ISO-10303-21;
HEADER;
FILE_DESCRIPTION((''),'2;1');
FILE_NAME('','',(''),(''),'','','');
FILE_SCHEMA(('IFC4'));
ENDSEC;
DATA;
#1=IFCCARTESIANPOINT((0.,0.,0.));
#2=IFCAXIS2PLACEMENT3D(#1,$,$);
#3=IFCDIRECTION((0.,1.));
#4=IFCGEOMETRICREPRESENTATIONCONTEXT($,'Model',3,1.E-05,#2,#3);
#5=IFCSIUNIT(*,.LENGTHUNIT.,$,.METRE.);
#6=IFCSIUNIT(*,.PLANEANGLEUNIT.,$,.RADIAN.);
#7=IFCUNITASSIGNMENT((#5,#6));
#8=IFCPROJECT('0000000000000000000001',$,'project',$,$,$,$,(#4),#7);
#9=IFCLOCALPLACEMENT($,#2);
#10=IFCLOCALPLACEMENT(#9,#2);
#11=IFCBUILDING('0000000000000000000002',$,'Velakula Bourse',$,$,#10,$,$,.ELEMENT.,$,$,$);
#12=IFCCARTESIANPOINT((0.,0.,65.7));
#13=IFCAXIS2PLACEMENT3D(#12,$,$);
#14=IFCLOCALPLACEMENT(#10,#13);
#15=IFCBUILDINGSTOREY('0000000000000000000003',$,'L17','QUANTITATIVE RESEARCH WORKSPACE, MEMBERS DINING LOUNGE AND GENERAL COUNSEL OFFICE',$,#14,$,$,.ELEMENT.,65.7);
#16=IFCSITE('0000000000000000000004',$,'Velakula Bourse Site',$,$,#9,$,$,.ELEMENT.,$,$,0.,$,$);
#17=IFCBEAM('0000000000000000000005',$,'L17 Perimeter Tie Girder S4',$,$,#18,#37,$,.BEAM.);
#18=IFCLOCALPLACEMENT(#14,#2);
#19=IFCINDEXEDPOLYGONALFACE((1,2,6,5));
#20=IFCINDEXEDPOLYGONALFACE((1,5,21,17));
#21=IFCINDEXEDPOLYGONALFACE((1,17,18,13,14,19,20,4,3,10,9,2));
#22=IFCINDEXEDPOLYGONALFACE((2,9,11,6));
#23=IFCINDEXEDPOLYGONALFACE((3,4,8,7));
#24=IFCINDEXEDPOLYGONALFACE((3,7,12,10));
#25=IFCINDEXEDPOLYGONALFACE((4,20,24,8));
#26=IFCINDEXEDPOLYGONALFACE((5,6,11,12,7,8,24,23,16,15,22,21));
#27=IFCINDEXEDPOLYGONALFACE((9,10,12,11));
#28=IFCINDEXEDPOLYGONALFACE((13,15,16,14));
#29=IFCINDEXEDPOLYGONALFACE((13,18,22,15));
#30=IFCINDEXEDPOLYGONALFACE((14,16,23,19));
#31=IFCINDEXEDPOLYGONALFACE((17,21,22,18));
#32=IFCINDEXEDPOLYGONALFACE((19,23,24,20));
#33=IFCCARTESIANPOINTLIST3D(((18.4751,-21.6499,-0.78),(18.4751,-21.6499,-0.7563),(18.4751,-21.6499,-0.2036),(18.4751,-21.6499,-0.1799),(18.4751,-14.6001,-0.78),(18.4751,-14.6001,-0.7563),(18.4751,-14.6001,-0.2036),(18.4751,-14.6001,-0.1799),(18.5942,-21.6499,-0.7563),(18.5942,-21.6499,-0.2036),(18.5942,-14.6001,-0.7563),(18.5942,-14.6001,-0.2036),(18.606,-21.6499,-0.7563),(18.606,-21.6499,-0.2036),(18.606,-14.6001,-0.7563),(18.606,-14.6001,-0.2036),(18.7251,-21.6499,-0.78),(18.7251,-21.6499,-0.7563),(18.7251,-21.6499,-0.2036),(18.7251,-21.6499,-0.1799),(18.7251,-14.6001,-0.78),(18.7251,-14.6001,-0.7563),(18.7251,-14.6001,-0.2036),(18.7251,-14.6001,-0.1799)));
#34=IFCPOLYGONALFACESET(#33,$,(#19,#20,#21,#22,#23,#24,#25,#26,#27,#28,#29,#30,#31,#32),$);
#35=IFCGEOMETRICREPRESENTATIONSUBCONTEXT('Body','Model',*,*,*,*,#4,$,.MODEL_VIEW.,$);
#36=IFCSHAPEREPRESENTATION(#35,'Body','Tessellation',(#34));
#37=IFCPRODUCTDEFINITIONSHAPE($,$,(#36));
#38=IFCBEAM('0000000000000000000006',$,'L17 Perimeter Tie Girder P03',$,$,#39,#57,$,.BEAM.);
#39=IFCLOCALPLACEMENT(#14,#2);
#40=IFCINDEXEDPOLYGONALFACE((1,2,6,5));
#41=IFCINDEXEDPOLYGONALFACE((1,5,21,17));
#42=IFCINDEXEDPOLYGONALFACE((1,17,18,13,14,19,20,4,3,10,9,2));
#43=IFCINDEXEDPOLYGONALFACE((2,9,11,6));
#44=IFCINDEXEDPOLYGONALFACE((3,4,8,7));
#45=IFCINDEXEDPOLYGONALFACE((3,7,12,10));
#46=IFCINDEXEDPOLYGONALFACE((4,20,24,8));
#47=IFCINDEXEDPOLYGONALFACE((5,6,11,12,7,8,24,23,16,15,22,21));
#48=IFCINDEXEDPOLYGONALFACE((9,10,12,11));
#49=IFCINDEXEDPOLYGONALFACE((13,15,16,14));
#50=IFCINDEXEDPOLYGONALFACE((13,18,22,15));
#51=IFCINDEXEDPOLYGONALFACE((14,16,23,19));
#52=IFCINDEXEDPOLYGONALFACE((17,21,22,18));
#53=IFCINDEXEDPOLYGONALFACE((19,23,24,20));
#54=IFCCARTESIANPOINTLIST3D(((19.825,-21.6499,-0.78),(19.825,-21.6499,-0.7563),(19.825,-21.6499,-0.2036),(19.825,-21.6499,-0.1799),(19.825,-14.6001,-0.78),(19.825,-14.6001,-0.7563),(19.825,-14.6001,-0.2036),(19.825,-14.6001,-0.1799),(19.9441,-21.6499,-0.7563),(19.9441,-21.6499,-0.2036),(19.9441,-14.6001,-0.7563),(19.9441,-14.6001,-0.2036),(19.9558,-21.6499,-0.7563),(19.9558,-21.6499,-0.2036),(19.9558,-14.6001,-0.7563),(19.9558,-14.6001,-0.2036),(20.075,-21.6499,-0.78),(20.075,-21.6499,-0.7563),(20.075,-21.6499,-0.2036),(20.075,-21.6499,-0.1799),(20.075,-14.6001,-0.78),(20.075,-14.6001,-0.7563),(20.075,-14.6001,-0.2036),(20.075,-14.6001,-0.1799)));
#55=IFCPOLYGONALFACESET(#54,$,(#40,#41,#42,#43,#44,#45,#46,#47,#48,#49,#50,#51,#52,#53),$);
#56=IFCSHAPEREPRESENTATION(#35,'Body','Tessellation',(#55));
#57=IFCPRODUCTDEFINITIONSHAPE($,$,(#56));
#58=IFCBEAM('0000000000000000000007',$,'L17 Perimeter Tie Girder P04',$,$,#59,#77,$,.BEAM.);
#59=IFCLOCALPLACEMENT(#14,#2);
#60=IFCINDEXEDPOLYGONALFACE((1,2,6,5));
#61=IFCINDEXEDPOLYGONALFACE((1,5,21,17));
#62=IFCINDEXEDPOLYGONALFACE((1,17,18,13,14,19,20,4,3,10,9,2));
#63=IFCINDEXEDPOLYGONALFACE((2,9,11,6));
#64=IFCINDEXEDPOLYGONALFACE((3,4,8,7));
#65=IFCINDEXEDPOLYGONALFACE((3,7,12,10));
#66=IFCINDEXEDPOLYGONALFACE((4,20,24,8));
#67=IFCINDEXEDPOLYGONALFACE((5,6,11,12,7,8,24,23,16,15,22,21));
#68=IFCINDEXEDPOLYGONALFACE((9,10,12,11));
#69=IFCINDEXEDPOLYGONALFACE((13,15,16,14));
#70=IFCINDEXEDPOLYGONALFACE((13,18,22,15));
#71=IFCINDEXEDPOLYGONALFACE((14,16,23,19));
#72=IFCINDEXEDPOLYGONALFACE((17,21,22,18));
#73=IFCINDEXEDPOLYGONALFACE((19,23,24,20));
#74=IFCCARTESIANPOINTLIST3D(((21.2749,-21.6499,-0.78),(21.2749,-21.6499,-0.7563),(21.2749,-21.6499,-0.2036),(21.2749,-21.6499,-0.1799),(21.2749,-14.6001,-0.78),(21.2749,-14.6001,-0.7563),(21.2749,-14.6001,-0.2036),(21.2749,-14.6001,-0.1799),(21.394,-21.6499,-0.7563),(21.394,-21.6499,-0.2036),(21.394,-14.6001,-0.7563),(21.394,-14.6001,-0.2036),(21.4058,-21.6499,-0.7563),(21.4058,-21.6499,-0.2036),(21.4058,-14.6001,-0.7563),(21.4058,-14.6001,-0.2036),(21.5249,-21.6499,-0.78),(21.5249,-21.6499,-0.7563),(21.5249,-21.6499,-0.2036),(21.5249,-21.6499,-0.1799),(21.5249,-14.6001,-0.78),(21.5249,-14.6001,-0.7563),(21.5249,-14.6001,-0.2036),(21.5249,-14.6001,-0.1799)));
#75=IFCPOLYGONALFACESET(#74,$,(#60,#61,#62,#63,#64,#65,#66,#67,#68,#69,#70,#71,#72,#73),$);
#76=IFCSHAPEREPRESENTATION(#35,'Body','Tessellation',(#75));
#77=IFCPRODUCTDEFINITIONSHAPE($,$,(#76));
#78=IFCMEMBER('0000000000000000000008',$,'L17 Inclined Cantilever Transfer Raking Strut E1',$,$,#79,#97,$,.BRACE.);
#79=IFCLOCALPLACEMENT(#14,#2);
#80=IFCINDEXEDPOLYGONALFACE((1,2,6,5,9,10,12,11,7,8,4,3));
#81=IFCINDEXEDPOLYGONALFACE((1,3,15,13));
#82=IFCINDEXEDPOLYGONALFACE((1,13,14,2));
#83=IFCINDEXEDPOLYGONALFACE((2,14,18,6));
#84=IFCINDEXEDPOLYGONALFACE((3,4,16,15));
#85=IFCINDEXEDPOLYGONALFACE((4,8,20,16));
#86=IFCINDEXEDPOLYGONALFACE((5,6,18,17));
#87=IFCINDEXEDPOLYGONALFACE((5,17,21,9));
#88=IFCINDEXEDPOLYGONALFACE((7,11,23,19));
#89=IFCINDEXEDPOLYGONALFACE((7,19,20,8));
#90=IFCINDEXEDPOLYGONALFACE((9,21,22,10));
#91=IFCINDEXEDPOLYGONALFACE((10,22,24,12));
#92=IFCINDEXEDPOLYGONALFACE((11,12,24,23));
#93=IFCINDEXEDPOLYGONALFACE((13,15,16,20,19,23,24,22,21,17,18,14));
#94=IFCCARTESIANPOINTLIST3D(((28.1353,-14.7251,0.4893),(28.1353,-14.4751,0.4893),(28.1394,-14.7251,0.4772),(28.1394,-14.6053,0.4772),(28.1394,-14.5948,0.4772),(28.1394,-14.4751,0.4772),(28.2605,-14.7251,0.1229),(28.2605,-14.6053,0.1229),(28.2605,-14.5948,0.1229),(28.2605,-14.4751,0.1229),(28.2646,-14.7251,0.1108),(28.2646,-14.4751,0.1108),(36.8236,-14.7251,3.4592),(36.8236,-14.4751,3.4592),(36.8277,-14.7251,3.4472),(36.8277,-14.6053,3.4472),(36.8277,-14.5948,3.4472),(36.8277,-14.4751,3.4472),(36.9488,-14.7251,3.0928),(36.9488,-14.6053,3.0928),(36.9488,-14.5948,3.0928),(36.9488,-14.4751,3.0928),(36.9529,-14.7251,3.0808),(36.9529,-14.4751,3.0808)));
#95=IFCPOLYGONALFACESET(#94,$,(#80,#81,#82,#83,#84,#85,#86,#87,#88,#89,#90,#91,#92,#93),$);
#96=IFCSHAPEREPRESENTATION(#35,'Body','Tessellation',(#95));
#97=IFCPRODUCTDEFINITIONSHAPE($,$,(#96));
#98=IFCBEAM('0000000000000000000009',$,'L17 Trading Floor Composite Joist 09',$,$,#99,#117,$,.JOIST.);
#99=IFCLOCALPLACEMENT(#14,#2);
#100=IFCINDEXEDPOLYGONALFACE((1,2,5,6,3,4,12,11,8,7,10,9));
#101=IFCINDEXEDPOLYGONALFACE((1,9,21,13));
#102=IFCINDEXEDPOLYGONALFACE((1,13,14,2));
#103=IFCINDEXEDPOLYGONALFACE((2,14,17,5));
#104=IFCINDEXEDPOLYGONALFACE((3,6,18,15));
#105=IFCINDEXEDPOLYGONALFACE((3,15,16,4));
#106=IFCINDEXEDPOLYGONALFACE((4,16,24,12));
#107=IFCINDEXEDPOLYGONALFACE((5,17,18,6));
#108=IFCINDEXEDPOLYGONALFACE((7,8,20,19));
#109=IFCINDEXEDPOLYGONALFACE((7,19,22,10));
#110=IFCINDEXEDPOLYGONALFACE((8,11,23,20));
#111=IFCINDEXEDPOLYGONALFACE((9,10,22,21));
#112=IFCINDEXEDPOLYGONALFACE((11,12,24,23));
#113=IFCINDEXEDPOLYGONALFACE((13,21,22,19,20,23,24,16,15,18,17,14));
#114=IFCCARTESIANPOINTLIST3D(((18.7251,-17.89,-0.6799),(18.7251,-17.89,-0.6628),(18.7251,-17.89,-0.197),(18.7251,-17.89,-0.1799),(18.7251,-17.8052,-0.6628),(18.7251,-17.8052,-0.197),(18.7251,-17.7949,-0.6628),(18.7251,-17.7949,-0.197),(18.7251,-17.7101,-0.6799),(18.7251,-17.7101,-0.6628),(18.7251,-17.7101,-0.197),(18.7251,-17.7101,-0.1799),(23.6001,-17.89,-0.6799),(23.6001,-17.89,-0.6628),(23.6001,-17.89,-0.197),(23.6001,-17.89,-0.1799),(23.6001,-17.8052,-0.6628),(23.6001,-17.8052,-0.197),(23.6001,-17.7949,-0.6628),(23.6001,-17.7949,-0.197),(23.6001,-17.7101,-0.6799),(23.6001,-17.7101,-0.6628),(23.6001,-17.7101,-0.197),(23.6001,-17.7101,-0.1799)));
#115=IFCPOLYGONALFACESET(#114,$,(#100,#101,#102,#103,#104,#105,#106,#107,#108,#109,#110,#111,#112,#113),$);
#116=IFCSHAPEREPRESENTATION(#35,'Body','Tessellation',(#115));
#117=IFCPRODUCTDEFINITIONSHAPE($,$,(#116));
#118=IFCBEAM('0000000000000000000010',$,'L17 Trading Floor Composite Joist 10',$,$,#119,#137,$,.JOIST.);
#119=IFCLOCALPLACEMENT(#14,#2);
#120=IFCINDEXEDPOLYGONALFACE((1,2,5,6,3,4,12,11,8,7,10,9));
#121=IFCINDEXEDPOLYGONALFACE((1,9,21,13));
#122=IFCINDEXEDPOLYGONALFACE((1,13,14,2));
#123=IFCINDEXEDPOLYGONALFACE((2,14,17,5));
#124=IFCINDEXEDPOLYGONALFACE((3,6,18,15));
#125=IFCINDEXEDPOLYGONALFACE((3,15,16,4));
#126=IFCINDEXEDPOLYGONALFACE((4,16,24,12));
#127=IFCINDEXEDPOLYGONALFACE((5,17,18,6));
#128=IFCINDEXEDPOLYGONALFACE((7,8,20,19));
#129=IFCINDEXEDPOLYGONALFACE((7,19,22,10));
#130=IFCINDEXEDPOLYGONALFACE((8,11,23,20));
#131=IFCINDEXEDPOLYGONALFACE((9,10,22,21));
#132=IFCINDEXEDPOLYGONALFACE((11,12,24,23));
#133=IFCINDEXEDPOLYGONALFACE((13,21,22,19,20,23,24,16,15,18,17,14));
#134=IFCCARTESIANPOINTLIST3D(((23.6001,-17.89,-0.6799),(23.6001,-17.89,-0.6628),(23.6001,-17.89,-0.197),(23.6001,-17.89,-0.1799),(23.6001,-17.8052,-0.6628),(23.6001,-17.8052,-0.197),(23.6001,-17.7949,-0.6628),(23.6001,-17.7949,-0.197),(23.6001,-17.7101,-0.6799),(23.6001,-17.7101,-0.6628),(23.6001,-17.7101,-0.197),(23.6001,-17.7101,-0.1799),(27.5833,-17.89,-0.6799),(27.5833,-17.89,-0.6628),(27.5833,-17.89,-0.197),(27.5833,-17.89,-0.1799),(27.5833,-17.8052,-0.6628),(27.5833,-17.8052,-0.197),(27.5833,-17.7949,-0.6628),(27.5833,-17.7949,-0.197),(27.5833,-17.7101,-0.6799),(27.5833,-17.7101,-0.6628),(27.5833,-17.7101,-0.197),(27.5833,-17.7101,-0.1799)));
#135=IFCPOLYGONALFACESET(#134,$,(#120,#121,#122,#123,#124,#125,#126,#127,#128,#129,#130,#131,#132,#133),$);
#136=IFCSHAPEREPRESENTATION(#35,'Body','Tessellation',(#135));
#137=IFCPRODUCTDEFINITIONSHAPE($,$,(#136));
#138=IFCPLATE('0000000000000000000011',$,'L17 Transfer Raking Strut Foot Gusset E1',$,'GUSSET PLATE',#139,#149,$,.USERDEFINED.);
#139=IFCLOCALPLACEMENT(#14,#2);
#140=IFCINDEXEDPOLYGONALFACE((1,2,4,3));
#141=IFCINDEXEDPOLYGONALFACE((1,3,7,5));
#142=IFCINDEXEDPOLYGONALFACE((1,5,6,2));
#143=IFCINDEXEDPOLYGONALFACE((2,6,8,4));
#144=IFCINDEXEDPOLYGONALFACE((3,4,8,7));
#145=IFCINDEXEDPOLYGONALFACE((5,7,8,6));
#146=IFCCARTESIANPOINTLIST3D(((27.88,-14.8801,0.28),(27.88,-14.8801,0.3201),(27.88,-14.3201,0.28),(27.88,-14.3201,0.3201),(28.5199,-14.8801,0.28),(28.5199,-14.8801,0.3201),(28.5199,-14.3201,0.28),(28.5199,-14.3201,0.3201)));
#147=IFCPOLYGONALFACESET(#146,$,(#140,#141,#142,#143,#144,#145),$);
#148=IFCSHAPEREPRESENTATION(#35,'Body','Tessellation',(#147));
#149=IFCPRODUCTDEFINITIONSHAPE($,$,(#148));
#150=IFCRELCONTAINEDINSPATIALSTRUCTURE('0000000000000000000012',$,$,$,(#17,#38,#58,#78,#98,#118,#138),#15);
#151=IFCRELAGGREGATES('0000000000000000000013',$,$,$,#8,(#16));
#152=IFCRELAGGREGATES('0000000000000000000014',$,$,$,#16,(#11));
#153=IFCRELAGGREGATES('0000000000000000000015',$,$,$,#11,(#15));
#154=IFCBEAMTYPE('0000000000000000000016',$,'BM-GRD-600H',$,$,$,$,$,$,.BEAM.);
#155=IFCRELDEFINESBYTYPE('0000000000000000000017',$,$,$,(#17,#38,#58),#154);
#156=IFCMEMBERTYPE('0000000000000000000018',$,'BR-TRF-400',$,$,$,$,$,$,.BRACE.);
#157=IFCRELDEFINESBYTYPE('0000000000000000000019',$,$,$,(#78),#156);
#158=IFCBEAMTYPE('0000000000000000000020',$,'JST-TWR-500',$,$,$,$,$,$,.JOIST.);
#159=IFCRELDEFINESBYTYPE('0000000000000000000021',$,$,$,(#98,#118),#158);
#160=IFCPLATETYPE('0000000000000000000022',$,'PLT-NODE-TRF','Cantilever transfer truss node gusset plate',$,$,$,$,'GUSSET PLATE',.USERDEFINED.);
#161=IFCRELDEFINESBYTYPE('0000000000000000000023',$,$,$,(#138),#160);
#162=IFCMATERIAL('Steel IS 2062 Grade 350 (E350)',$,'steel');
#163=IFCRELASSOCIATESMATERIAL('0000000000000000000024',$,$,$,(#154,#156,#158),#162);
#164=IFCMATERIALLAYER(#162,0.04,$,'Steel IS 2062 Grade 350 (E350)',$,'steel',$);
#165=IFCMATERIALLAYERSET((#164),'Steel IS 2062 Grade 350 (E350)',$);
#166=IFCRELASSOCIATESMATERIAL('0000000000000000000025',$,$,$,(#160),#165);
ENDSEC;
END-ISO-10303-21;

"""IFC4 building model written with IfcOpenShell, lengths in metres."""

from ifc_helpers import new_model, si_unit, direction, frame, origin, origin_2d, place, context, subcontext, project, spatial, rectangle, i_section, extrude, material, layer, layer_set, material_profile, profile_set, type_object, element, save


model = new_model("IFC4")

# Units and contexts
model_context = context("Model", 3, precision=1e-05, world=origin(), true_north=direction((0.0, 1.0)))
body_context = subcontext(model_context, "Body", "Model", "MODEL_VIEW")
ifc_project = project(units=[si_unit("LENGTHUNIT", "METRE"), si_unit("PLANEANGLEUNIT", "RADIAN")], contexts=[model_context])

# Site, building, storey
site_placement = place(None, origin())
site = spatial("IfcSite", under=ifc_project, at=site_placement, Name="Velakula Bourse Site", CompositionType="ELEMENT", RefElevation=0.0)
building_placement = place(site_placement, origin())
building = spatial("IfcBuilding", under=site, at=building_placement, Name="Velakula Bourse", CompositionType="ELEMENT")
storey_placement = place(building_placement, frame((0.0, 0.0, 65.7)))
storey = spatial("IfcBuildingStorey", under=building, at=storey_placement, Name="L17", Description="QUANTITATIVE RESEARCH WORKSPACE, MEMBERS DINING LOUNGE AND GENERAL COUNSEL OFFICE", CompositionType="ELEMENT", Elevation=65.7)

# Beams
ifc_material_1 = material(Name="Steel IS 2062 Grade 350 (E350)", Category="steel")
ifc_material_profile_1 = material_profile(ifc_material_1, i_section(OverallWidth=0.25, OverallDepth=0.6001, WebThickness=0.0117, FlangeThickness=0.0237, at=origin_2d()), Name="Steel IS 2062 Grade 350 (E350)")
ifc_profile_set_1 = profile_set([ifc_material_profile_1], Name="Steel IS 2062 Grade 350 (E350)")
beam_type_1 = type_object("IfcBeamType", Name="BM-GRD-600H", PredefinedType="BEAM", material=ifc_profile_set_1)
for number, where, z_axis, x_axis, name in (
    (1, (18.6001, -14.6001, -0.48), (0.0, -1.0, 0.0), (1.0, 0.0, 0.0), "L17 Perimeter Tie Girder S4"),
    (2, (19.95, -14.6001, -0.48), (0.0, -1.0, 0.0), (1.0, 0.0, 0.0), "L17 Perimeter Tie Girder P03"),
    (3, (21.3999, -14.6001, -0.48), (0.0, -1.0, 0.0), (1.0, 0.0, 0.0), "L17 Perimeter Tie Girder P04"),
):
    element("IfcBeam", number, at=place(storey_placement, frame(where, z_axis=z_axis, x_axis=x_axis)), inside=storey, type_object=beam_type_1, Name=name, PredefinedType="BEAM", context=body_context, shape_type="SweptSolid", body=[
        extrude(i_section(OverallWidth=0.25, OverallDepth=0.6001, WebThickness=0.0117, FlangeThickness=0.0237, at=origin_2d()), origin(), (0.0, 0.0, 1.0), 7.0498),
    ])

# Member
ifc_material_profile_2 = material_profile(ifc_material_1, i_section(OverallWidth=0.25, OverallDepth=0.3999, WebThickness=0.0105, FlangeThickness=0.0127, at=origin_2d()), Name="Steel IS 2062 Grade 350 (E350)")
ifc_profile_set_2 = profile_set([ifc_material_profile_2], Name="Steel IS 2062 Grade 350 (E350)")
member_type = type_object("IfcMemberType", Name="BR-TRF-400", PredefinedType="BRACE", material=ifc_profile_set_2)
member_placement = place(storey_placement, frame((28.2, -14.6001, 0.3), z_axis=(0.946241, 0.0, 0.323462), x_axis=(0.0, 1.0, 0.0)))
element("IfcMember", 4, at=member_placement, inside=storey, type_object=member_type, Name="L17 Inclined Cantilever Transfer Raking Strut E1", PredefinedType="BRACE", context=body_context, shape_type="SweptSolid", body=[
    extrude(i_section(OverallWidth=0.25, OverallDepth=0.3999, WebThickness=0.0105, FlangeThickness=0.0127, at=origin_2d()), origin(), (0.0, 0.0, 1.0), 9.1819),
])

# Beams
ifc_material_profile_3 = material_profile(ifc_material_1, i_section(OverallWidth=0.1799, OverallDepth=0.5, WebThickness=0.0103, FlangeThickness=0.0171, at=origin_2d()), Name="Steel IS 2062 Grade 350 (E350)")
ifc_profile_set_3 = profile_set([ifc_material_profile_3], Name="Steel IS 2062 Grade 350 (E350)")
beam_type_2 = type_object("IfcBeamType", Name="JST-TWR-500", PredefinedType="JOIST", material=ifc_profile_set_3)
beam_1_placement = place(storey_placement, frame((18.7251, -17.8, -0.4299), z_axis=(1.0, 0.0, 0.0), x_axis=(0.0, 1.0, 0.0)))
element("IfcBeam", 5, at=beam_1_placement, inside=storey, type_object=beam_type_2, Name="L17 Trading Floor Composite Joist 09", PredefinedType="JOIST", context=body_context, shape_type="SweptSolid", body=[
    extrude(i_section(OverallWidth=0.1799, OverallDepth=0.5, WebThickness=0.0103, FlangeThickness=0.0171, at=origin_2d()), origin(), (0.0, 0.0, 1.0), 4.875),
])
beam_2_placement = place(storey_placement, frame((23.6001, -17.8, -0.4299), z_axis=(1.0, 0.0, 0.0), x_axis=(0.0, 1.0, 0.0)))
element("IfcBeam", 6, at=beam_2_placement, inside=storey, type_object=beam_type_2, Name="L17 Trading Floor Composite Joist 10", PredefinedType="JOIST", context=body_context, shape_type="SweptSolid", body=[
    extrude(i_section(OverallWidth=0.1799, OverallDepth=0.5, WebThickness=0.0103, FlangeThickness=0.0171, at=origin_2d()), origin(), (0.0, 0.0, 1.0), 3.9832),
])

# Plate
ifc_layer_1 = layer(ifc_material_1, 0.04, Name="Steel IS 2062 Grade 350 (E350)", Category="steel")
ifc_layer_set_1 = layer_set([ifc_layer_1], Name="Steel IS 2062 Grade 350 (E350)")
plate_type = type_object("IfcPlateType", Name="PLT-NODE-TRF", Description="Cantilever transfer truss node gusset plate", ElementType="GUSSET PLATE", PredefinedType="USERDEFINED", material=ifc_layer_set_1)
plate_placement = place(storey_placement, frame((28.2, -14.6001, 0.28), z_axis=(0.0, 0.0, 1.0), x_axis=(1.0, 0.0, 0.0)))
element("IfcPlate", 7, at=plate_placement, inside=storey, type_object=plate_type, Name="L17 Transfer Raking Strut Foot Gusset E1", ObjectType="GUSSET PLATE", PredefinedType="USERDEFINED", context=body_context, shape_type="SweptSolid", body=[
    extrude(rectangle(XDim=0.6399, YDim=0.5601, at=origin_2d()), origin(), (0.0, 0.0, 1.0), 0.04),
])

save(model, "model.ifc")
